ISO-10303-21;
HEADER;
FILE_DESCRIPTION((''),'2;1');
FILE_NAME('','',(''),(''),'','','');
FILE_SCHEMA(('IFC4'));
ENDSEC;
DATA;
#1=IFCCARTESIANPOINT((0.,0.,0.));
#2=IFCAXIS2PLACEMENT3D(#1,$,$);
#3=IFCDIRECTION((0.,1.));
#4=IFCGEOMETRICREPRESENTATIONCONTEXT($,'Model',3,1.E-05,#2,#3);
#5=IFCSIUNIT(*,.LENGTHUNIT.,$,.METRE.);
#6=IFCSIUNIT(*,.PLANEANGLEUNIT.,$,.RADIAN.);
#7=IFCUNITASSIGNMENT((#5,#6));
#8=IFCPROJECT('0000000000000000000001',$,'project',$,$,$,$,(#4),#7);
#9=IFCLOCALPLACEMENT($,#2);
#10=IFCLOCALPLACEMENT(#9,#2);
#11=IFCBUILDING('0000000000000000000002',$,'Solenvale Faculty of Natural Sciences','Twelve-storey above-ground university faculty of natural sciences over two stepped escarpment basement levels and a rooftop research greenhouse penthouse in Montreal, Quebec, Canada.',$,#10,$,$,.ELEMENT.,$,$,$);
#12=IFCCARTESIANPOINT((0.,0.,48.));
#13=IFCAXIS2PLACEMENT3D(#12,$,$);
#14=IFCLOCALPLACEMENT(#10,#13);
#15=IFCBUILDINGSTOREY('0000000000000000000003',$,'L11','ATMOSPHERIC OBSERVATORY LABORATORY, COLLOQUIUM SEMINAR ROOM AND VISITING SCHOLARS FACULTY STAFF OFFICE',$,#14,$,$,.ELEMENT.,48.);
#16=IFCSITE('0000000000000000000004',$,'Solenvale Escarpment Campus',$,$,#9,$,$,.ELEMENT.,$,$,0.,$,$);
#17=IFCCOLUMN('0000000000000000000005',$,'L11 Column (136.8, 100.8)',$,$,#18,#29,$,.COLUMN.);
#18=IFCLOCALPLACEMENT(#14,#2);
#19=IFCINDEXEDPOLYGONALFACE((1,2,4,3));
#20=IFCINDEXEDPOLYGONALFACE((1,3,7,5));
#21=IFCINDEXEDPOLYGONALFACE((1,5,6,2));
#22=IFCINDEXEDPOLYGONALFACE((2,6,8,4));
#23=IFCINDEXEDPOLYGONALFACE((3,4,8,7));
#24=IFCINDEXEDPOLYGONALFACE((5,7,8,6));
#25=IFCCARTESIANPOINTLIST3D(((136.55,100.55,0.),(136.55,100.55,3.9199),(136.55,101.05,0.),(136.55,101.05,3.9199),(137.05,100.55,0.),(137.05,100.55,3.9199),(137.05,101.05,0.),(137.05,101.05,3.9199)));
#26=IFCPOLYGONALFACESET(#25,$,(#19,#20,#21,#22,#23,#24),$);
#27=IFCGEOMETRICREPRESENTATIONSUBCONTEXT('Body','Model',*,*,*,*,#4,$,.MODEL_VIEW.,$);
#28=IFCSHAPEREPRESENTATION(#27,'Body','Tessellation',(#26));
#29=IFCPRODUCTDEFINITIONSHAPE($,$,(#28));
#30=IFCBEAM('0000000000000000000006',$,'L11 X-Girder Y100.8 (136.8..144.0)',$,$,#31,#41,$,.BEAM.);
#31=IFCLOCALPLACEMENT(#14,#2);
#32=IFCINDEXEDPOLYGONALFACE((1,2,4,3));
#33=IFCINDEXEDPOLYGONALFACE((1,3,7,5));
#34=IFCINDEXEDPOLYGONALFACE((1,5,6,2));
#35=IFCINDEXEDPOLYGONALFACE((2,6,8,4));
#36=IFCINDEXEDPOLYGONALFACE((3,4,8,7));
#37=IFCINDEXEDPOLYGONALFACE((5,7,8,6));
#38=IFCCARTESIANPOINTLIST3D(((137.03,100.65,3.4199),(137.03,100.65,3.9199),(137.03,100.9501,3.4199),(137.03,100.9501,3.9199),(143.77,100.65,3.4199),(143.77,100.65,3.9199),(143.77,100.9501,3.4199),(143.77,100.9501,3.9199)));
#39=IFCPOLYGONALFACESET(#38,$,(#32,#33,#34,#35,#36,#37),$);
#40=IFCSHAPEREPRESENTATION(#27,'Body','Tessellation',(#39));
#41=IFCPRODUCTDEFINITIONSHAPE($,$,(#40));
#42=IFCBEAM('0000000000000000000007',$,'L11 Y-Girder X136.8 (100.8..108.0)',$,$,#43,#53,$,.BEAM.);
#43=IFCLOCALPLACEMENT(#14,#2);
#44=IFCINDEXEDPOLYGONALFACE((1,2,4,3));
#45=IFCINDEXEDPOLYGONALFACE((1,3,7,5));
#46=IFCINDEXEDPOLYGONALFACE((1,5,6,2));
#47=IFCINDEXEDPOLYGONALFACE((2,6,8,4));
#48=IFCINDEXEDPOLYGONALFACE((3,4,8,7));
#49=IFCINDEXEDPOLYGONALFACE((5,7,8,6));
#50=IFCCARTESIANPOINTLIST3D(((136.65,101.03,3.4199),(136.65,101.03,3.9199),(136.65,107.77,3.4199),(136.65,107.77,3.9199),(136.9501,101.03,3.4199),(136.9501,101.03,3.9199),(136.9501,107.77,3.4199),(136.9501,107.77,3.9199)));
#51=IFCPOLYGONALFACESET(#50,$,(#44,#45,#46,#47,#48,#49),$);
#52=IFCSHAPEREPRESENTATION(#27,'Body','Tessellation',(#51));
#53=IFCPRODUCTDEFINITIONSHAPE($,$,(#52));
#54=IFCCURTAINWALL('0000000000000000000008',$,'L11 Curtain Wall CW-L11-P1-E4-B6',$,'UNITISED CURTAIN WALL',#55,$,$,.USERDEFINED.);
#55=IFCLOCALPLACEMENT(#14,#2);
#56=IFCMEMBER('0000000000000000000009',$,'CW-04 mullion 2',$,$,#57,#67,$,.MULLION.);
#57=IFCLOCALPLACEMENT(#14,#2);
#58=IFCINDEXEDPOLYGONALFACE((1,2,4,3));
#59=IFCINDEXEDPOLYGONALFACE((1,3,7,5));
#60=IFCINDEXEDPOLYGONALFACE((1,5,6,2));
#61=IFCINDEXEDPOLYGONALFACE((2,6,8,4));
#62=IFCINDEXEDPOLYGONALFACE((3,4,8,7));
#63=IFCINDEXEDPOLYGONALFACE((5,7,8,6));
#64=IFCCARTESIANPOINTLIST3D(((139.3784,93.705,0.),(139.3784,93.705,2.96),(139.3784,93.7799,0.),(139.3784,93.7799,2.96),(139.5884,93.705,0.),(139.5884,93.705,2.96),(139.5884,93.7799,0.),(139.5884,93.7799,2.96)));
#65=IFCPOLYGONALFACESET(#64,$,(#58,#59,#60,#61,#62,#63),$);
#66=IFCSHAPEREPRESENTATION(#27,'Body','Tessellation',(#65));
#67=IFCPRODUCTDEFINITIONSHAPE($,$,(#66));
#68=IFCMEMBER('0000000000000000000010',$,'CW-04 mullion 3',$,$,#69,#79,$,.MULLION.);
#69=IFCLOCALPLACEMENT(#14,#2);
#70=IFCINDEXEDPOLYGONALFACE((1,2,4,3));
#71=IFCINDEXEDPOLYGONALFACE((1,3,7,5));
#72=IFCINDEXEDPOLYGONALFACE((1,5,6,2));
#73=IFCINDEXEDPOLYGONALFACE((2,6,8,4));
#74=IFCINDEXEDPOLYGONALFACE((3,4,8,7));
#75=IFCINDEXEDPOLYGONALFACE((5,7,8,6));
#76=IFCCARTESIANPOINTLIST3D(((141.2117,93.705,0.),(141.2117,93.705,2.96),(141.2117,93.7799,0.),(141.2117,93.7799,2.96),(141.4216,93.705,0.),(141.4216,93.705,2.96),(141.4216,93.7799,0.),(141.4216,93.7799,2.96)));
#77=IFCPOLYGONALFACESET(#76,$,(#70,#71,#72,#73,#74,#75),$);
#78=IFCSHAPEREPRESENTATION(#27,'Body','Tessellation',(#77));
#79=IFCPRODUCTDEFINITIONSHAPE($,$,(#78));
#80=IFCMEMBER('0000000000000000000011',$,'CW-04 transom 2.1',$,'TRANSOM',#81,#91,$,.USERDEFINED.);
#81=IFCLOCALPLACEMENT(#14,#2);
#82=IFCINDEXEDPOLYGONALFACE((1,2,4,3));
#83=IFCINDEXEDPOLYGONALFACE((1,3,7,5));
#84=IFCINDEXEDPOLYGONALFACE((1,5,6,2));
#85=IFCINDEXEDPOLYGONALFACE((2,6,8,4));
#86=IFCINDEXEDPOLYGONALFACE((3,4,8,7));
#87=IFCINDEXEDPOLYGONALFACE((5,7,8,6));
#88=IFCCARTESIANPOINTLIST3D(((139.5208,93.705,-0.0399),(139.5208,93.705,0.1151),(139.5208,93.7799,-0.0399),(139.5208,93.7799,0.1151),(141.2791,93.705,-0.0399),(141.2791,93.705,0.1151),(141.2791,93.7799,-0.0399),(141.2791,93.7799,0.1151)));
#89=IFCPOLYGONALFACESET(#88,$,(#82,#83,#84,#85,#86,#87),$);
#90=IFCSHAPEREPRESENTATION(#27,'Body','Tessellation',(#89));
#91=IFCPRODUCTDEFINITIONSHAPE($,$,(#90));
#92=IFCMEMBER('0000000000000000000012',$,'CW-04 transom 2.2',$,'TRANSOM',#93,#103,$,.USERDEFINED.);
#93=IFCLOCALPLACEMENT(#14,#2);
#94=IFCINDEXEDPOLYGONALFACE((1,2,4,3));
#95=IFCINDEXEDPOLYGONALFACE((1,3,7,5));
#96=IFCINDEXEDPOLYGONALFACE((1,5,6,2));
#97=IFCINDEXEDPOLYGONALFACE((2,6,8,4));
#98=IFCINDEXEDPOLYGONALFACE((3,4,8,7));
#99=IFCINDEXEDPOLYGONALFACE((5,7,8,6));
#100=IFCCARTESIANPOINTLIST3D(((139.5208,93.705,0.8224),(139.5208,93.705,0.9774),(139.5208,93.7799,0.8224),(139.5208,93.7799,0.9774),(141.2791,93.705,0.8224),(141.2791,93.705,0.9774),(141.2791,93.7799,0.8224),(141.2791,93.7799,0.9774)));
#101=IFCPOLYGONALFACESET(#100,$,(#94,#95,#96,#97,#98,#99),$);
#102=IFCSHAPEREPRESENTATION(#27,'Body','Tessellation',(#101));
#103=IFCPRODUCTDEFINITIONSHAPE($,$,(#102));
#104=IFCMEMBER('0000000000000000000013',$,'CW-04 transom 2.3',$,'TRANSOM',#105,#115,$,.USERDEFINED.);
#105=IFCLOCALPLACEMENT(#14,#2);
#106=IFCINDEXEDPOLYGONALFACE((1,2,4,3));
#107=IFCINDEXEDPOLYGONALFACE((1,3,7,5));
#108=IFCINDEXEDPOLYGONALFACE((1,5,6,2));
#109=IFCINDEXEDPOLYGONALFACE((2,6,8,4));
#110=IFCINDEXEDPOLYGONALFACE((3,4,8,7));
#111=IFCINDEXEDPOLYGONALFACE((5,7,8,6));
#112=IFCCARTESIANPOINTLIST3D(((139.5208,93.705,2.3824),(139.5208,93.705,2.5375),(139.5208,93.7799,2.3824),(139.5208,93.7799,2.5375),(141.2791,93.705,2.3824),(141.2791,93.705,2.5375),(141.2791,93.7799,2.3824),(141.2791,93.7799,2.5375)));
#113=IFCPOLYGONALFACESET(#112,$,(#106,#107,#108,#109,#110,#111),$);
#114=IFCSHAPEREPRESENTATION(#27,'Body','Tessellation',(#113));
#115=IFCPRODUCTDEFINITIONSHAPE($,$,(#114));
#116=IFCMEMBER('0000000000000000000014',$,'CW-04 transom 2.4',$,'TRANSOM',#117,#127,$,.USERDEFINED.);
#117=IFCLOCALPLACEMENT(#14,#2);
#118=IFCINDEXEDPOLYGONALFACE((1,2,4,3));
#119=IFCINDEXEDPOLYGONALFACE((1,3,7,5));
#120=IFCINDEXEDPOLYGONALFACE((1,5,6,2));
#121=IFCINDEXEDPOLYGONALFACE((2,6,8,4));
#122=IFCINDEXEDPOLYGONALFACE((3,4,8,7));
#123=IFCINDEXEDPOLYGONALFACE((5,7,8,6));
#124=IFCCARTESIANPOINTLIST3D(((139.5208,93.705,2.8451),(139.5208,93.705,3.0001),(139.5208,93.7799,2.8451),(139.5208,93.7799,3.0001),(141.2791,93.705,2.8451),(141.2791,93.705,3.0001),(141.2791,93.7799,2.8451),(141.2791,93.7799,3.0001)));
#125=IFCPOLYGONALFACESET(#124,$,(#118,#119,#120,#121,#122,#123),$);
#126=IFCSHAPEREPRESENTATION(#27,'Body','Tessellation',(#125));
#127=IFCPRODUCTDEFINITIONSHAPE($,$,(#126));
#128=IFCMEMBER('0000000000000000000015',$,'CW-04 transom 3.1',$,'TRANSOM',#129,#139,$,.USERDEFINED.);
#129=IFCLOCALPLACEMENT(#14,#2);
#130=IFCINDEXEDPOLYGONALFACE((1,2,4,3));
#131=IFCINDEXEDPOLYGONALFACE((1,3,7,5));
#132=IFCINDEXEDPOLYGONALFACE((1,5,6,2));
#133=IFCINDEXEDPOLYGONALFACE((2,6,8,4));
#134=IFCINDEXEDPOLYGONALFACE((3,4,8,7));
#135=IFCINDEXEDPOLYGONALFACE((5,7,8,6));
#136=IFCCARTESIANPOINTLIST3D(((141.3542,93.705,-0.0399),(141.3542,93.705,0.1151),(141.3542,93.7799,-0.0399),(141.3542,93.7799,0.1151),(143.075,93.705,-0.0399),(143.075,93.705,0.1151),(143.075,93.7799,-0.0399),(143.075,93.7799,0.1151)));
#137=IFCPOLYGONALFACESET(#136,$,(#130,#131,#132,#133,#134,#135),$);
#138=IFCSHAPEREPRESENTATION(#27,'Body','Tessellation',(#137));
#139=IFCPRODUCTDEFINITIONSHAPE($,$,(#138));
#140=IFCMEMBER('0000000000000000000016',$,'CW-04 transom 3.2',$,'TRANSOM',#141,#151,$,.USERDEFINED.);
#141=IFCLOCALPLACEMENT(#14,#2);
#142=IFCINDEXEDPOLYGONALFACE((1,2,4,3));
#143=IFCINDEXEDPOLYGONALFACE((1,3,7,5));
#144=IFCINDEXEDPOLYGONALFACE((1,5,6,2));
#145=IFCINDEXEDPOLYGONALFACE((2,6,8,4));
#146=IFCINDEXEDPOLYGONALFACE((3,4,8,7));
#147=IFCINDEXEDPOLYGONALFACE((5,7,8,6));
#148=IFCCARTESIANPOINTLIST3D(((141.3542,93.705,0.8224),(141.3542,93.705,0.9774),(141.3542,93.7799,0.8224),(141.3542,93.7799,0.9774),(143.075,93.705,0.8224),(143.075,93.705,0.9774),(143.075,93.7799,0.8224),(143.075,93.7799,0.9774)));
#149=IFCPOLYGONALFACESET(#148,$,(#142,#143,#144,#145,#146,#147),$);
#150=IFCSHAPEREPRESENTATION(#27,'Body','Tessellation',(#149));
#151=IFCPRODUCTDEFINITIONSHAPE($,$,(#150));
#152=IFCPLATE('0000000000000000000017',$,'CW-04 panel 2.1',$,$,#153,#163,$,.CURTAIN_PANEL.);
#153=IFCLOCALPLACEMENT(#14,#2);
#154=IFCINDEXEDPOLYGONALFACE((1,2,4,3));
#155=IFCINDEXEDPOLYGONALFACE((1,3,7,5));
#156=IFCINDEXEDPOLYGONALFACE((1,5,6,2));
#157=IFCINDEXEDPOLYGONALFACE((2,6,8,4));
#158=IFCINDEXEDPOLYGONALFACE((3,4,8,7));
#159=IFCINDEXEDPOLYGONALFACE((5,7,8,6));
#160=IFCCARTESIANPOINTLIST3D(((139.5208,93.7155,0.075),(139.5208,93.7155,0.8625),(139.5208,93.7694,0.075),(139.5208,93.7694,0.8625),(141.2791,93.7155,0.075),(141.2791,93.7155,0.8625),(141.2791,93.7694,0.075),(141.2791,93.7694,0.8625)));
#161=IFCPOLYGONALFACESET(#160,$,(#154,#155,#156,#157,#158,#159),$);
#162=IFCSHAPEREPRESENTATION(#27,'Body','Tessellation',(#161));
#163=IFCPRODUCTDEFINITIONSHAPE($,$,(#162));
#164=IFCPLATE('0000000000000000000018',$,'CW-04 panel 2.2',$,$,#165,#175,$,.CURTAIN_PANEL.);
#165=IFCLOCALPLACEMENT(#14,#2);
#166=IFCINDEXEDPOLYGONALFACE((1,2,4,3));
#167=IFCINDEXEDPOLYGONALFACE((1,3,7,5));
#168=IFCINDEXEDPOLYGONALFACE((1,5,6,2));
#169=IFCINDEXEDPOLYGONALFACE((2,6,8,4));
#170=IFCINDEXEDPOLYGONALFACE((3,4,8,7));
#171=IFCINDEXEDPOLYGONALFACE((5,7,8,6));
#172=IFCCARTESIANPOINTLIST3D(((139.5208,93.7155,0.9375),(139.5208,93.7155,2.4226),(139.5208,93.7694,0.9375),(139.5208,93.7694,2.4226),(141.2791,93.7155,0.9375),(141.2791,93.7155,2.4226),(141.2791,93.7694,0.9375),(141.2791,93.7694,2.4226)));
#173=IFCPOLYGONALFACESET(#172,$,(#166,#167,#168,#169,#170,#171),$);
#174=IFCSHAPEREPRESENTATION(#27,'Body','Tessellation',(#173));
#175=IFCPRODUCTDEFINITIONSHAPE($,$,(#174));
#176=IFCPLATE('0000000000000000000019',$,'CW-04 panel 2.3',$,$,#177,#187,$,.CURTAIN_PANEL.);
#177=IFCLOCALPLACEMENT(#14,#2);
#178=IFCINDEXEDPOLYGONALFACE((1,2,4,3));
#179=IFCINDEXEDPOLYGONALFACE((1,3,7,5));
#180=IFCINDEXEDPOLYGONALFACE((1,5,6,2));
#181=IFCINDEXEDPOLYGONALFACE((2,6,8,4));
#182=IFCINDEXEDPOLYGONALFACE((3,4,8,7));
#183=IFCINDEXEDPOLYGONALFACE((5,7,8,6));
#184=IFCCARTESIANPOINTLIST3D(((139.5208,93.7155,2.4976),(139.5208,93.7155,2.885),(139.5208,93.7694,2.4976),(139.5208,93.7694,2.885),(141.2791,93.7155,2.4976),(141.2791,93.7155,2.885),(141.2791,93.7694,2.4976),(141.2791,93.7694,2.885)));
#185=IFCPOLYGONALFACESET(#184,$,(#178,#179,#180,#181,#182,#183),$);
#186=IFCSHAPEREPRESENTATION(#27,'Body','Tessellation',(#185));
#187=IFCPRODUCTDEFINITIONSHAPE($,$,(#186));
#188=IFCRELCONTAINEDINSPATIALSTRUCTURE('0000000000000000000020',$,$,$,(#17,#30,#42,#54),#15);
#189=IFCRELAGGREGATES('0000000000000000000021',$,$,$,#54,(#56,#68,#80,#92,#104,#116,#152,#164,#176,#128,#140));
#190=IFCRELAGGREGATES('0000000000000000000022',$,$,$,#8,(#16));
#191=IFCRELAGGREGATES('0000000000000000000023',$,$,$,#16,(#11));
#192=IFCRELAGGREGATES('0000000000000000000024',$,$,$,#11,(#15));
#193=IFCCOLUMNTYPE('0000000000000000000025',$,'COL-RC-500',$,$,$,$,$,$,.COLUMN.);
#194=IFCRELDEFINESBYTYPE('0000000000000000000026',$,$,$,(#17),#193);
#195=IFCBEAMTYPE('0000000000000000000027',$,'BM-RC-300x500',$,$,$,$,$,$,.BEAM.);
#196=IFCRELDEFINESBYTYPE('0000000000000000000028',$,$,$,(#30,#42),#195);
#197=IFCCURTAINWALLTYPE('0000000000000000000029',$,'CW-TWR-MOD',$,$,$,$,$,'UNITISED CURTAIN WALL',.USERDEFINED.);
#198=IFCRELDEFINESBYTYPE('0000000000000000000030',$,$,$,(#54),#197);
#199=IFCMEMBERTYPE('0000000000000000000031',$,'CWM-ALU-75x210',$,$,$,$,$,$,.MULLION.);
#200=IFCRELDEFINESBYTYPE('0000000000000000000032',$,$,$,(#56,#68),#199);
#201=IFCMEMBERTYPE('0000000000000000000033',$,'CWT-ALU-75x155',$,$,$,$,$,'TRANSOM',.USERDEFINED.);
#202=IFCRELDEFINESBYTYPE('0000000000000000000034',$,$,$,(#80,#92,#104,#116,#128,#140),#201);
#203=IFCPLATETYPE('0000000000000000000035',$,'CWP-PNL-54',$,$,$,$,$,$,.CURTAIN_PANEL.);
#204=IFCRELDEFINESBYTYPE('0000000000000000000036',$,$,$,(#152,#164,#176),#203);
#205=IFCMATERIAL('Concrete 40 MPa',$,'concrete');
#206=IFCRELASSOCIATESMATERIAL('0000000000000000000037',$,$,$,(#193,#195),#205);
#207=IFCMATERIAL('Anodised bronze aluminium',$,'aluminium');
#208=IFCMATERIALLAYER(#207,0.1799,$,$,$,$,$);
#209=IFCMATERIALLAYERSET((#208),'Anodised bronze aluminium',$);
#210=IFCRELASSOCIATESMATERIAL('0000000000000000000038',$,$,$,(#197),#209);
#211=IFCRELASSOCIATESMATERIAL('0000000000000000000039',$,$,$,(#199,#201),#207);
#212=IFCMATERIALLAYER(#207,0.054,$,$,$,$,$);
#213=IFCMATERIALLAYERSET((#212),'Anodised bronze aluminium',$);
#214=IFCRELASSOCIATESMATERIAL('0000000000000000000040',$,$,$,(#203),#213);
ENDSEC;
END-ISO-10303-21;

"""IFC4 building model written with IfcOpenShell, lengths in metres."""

from ifc_helpers import new_model, si_unit, direction, frame, origin, origin_2d, place, context, subcontext, project, spatial, rectangle, extrude, material, layer, layer_set, material_profile, profile_set, type_object, element, aggregate, save


model = new_model("IFC4")

# Units and contexts
model_context = context("Model", 3, precision=1e-05, world=origin(), true_north=direction((0.0, 1.0)))
body_context = subcontext(model_context, "Body", "Model", "MODEL_VIEW")
ifc_project = project(units=[si_unit("LENGTHUNIT", "METRE"), si_unit("PLANEANGLEUNIT", "RADIAN")], contexts=[model_context])

# Site, building, storey
site_placement = place(None, origin())
site = spatial("IfcSite", under=ifc_project, at=site_placement, Name="Solenvale Escarpment Campus", CompositionType="ELEMENT", RefElevation=0.0)
building_placement = place(site_placement, origin())
building = spatial("IfcBuilding", under=site, at=building_placement, Name="Solenvale Faculty of Natural Sciences", Description="Twelve-storey above-ground university faculty of natural sciences over two stepped escarpment basement levels and a rooftop research greenhouse penthouse in Montreal, Quebec, Canada.", CompositionType="ELEMENT")
storey_placement = place(building_placement, frame((0.0, 0.0, 48.0)))
storey = spatial("IfcBuildingStorey", under=building, at=storey_placement, Name="L11", Description="ATMOSPHERIC OBSERVATORY LABORATORY, COLLOQUIUM SEMINAR ROOM AND VISITING SCHOLARS FACULTY STAFF OFFICE", CompositionType="ELEMENT", Elevation=48.0)

# Column
ifc_material_1 = material(Name="Concrete 40 MPa", Category="concrete")
ifc_material_profile_1 = material_profile(ifc_material_1, rectangle(XDim=0.5, YDim=0.5, at=origin_2d()), Name="RC-COL-500x500")
ifc_profile_set_1 = profile_set([ifc_material_profile_1], Name="Concrete 40 MPa")
column_type = type_object("IfcColumnType", Name="COL-RC-500", PredefinedType="COLUMN", material=ifc_profile_set_1)
column_placement = place(storey_placement, frame((136.8, 100.8, 0.0), z_axis=(0.0, 0.0, 1.0), x_axis=(1.0, 0.0, 0.0)))
element("IfcColumn", 1, at=column_placement, inside=storey, type_object=column_type, Name="L11 Column (136.8, 100.8)", PredefinedType="COLUMN", context=body_context, shape_type="SweptSolid", body=[
    extrude(rectangle(XDim=0.5, YDim=0.5, at=origin_2d()), origin(), (0.0, 0.0, 1.0), 3.9199),
])

# Beams
ifc_material_profile_2 = material_profile(ifc_material_1, rectangle(XDim=0.3, YDim=0.5, at=origin_2d()), Name="RC-BM-300x500")
ifc_profile_set_2 = profile_set([ifc_material_profile_2], Name="Concrete 40 MPa")
beam_type = type_object("IfcBeamType", Name="BM-RC-300x500", PredefinedType="BEAM", material=ifc_profile_set_2)
for number, where, z_axis, x_axis, name in (
    (2, (137.03, 100.8, 3.6699), (1.0, 0.0, 0.0), (0.0, 1.0, 0.0), "L11 X-Girder Y100.8 (136.8..144.0)"),
    (3, (136.8, 101.03, 3.6699), (0.0, 1.0, 0.0), (-1.0, 0.0, 0.0), "L11 Y-Girder X136.8 (100.8..108.0)"),
):
    element("IfcBeam", number, at=place(storey_placement, frame(where, z_axis=z_axis, x_axis=x_axis)), inside=storey, type_object=beam_type, Name=name, PredefinedType="BEAM", context=body_context, shape_type="SweptSolid", body=[
        extrude(rectangle(XDim=0.3, YDim=0.5, at=origin_2d()), origin(), (0.0, 0.0, 1.0), 6.74),
    ])

# Curtain wall, members, plates
ifc_material_2 = material(Name="Anodised bronze aluminium", Category="aluminium")
ifc_layer_1 = layer(ifc_material_2, 0.1799)
ifc_layer_set_1 = layer_set([ifc_layer_1], Name="Anodised bronze aluminium")
curtain_wall_type = type_object("IfcCurtainWallType", Name="CW-TWR-MOD", ElementType="UNITISED CURTAIN WALL", PredefinedType="USERDEFINED", material=ifc_layer_set_1)
curtain_wall_placement = place(storey_placement, origin())
curtain_wall = element("IfcCurtainWall", 4, at=curtain_wall_placement, inside=storey, type_object=curtain_wall_type, Name="L11 Curtain Wall CW-L11-P1-E4-B6", ObjectType="UNITISED CURTAIN WALL", PredefinedType="USERDEFINED")
ifc_material_profile_3 = material_profile(ifc_material_2, rectangle(XDim=0.075, YDim=0.21, at=origin_2d()), Name="ALU-MUL-75x210")
ifc_profile_set_3 = profile_set([ifc_material_profile_3], Name="Anodised bronze aluminium")
member_type_1 = type_object("IfcMemberType", Name="CWM-ALU-75x210", PredefinedType="MULLION", material=ifc_profile_set_3)
member_1_placement = place(storey_placement, frame((139.4834, 93.7424, 0.0), z_axis=(0.0, 0.0, 1.0), x_axis=(0.0, 1.0, 0.0)))
member_1 = element("IfcMember", 5, at=member_1_placement, type_object=member_type_1, Name="CW-04 mullion 2", PredefinedType="MULLION", context=body_context, shape_type="SweptSolid", body=[
    extrude(rectangle(XDim=0.075, YDim=0.21, at=origin_2d()), origin(), (0.0, 0.0, 1.0), 2.96),
])
member_2_placement = place(storey_placement, frame((141.3167, 93.7424, 0.0), z_axis=(0.0, 0.0, 1.0), x_axis=(0.0, 1.0, 0.0)))
member_2 = element("IfcMember", 6, at=member_2_placement, type_object=member_type_1, Name="CW-04 mullion 3", PredefinedType="MULLION", context=body_context, shape_type="SweptSolid", body=[
    extrude(rectangle(XDim=0.075, YDim=0.21, at=origin_2d()), origin(), (0.0, 0.0, 1.0), 2.96),
])
ifc_material_profile_4 = material_profile(ifc_material_2, rectangle(XDim=0.075, YDim=0.155, at=origin_2d()), Name="ALU-TRN-75x155")
ifc_profile_set_4 = profile_set([ifc_material_profile_4], Name="Anodised bronze aluminium")
member_type_2 = type_object("IfcMemberType", Name="CWT-ALU-75x155", ElementType="TRANSOM", PredefinedType="USERDEFINED", material=ifc_profile_set_4)
member_3_placement = place(storey_placement, frame((139.5208, 93.7424, 0.0376), z_axis=(1.0, 0.0, 0.0), x_axis=(0.0, 1.0, 0.0)))
member_3 = element("IfcMember", 7, at=member_3_placement, type_object=member_type_2, Name="CW-04 transom 2.1", ObjectType="TRANSOM", PredefinedType="USERDEFINED", context=body_context, shape_type="SweptSolid", body=[
    extrude(rectangle(XDim=0.075, YDim=0.155, at=origin_2d()), origin(), (0.0, 0.0, 1.0), 1.7583),
])
member_4_placement = place(storey_placement, frame((139.5208, 93.7424, 0.8999), z_axis=(1.0, 0.0, 0.0), x_axis=(0.0, 1.0, 0.0)))
member_4 = element("IfcMember", 8, at=member_4_placement, type_object=member_type_2, Name="CW-04 transom 2.2", ObjectType="TRANSOM", PredefinedType="USERDEFINED", context=body_context, shape_type="SweptSolid", body=[
    extrude(rectangle(XDim=0.075, YDim=0.155, at=origin_2d()), origin(), (0.0, 0.0, 1.0), 1.7583),
])
member_5_placement = place(storey_placement, frame((139.5208, 93.7424, 2.46), z_axis=(1.0, 0.0, 0.0), x_axis=(0.0, 1.0, 0.0)))
member_5 = element("IfcMember", 9, at=member_5_placement, type_object=member_type_2, Name="CW-04 transom 2.3", ObjectType="TRANSOM", PredefinedType="USERDEFINED", context=body_context, shape_type="SweptSolid", body=[
    extrude(rectangle(XDim=0.075, YDim=0.155, at=origin_2d()), origin(), (0.0, 0.0, 1.0), 1.7583),
])
member_6_placement = place(storey_placement, frame((139.5208, 93.7424, 2.9226), z_axis=(1.0, 0.0, 0.0), x_axis=(0.0, 1.0, 0.0)))
member_6 = element("IfcMember", 10, at=member_6_placement, type_object=member_type_2, Name="CW-04 transom 2.4", ObjectType="TRANSOM", PredefinedType="USERDEFINED", context=body_context, shape_type="SweptSolid", body=[
    extrude(rectangle(XDim=0.075, YDim=0.155, at=origin_2d()), origin(), (0.0, 0.0, 1.0), 1.7583),
])
member_7_placement = place(storey_placement, frame((141.3542, 93.7424, 0.0376), z_axis=(1.0, 0.0, 0.0), x_axis=(0.0, 1.0, 0.0)))
member_7 = element("IfcMember", 11, at=member_7_placement, type_object=member_type_2, Name="CW-04 transom 3.1", ObjectType="TRANSOM", PredefinedType="USERDEFINED", context=body_context, shape_type="SweptSolid", body=[
    extrude(rectangle(XDim=0.075, YDim=0.155, at=origin_2d()), origin(), (0.0, 0.0, 1.0), 1.7207),
])
member_8_placement = place(storey_placement, frame((141.3542, 93.7424, 0.8999), z_axis=(1.0, 0.0, 0.0), x_axis=(0.0, 1.0, 0.0)))
member_8 = element("IfcMember", 12, at=member_8_placement, type_object=member_type_2, Name="CW-04 transom 3.2", ObjectType="TRANSOM", PredefinedType="USERDEFINED", context=body_context, shape_type="SweptSolid", body=[
    extrude(rectangle(XDim=0.075, YDim=0.155, at=origin_2d()), origin(), (0.0, 0.0, 1.0), 1.7207),
])
ifc_layer_2 = layer(ifc_material_2, 0.054)
ifc_layer_set_2 = layer_set([ifc_layer_2], Name="Anodised bronze aluminium")
plate_type = type_object("IfcPlateType", Name="CWP-PNL-54", PredefinedType="CURTAIN_PANEL", material=ifc_layer_set_2)
plate_1_placement = place(storey_placement, frame((140.3999, 93.7424, 0.075), z_axis=(0.0, 0.0, 1.0), x_axis=(1.0, 0.0, 0.0)))
plate_1 = element("IfcPlate", 13, at=plate_1_placement, type_object=plate_type, Name="CW-04 panel 2.1", PredefinedType="CURTAIN_PANEL", context=body_context, shape_type="SweptSolid", body=[
    extrude(rectangle(XDim=1.7583, YDim=0.054, at=origin_2d()), origin(), (0.0, 0.0, 1.0), 0.7876),
])
plate_2_placement = place(storey_placement, frame((140.3999, 93.7424, 0.9375), z_axis=(0.0, 0.0, 1.0), x_axis=(1.0, 0.0, 0.0)))
plate_2 = element("IfcPlate", 14, at=plate_2_placement, type_object=plate_type, Name="CW-04 panel 2.2", PredefinedType="CURTAIN_PANEL", context=body_context, shape_type="SweptSolid", body=[
    extrude(rectangle(XDim=1.7583, YDim=0.054, at=origin_2d()), origin(), (0.0, 0.0, 1.0), 1.4851),
])
plate_3_placement = place(storey_placement, frame((140.3999, 93.7424, 2.4976), z_axis=(0.0, 0.0, 1.0), x_axis=(1.0, 0.0, 0.0)))
plate_3 = element("IfcPlate", 15, at=plate_3_placement, type_object=plate_type, Name="CW-04 panel 2.3", PredefinedType="CURTAIN_PANEL", context=body_context, shape_type="SweptSolid", body=[
    extrude(rectangle(XDim=1.7583, YDim=0.054, at=origin_2d()), origin(), (0.0, 0.0, 1.0), 0.3875),
])
aggregate(curtain_wall, [member_1, member_2, member_3, member_4, member_5, member_6, plate_1, plate_2, plate_3, member_7, member_8])

save(model, "model.ifc")
